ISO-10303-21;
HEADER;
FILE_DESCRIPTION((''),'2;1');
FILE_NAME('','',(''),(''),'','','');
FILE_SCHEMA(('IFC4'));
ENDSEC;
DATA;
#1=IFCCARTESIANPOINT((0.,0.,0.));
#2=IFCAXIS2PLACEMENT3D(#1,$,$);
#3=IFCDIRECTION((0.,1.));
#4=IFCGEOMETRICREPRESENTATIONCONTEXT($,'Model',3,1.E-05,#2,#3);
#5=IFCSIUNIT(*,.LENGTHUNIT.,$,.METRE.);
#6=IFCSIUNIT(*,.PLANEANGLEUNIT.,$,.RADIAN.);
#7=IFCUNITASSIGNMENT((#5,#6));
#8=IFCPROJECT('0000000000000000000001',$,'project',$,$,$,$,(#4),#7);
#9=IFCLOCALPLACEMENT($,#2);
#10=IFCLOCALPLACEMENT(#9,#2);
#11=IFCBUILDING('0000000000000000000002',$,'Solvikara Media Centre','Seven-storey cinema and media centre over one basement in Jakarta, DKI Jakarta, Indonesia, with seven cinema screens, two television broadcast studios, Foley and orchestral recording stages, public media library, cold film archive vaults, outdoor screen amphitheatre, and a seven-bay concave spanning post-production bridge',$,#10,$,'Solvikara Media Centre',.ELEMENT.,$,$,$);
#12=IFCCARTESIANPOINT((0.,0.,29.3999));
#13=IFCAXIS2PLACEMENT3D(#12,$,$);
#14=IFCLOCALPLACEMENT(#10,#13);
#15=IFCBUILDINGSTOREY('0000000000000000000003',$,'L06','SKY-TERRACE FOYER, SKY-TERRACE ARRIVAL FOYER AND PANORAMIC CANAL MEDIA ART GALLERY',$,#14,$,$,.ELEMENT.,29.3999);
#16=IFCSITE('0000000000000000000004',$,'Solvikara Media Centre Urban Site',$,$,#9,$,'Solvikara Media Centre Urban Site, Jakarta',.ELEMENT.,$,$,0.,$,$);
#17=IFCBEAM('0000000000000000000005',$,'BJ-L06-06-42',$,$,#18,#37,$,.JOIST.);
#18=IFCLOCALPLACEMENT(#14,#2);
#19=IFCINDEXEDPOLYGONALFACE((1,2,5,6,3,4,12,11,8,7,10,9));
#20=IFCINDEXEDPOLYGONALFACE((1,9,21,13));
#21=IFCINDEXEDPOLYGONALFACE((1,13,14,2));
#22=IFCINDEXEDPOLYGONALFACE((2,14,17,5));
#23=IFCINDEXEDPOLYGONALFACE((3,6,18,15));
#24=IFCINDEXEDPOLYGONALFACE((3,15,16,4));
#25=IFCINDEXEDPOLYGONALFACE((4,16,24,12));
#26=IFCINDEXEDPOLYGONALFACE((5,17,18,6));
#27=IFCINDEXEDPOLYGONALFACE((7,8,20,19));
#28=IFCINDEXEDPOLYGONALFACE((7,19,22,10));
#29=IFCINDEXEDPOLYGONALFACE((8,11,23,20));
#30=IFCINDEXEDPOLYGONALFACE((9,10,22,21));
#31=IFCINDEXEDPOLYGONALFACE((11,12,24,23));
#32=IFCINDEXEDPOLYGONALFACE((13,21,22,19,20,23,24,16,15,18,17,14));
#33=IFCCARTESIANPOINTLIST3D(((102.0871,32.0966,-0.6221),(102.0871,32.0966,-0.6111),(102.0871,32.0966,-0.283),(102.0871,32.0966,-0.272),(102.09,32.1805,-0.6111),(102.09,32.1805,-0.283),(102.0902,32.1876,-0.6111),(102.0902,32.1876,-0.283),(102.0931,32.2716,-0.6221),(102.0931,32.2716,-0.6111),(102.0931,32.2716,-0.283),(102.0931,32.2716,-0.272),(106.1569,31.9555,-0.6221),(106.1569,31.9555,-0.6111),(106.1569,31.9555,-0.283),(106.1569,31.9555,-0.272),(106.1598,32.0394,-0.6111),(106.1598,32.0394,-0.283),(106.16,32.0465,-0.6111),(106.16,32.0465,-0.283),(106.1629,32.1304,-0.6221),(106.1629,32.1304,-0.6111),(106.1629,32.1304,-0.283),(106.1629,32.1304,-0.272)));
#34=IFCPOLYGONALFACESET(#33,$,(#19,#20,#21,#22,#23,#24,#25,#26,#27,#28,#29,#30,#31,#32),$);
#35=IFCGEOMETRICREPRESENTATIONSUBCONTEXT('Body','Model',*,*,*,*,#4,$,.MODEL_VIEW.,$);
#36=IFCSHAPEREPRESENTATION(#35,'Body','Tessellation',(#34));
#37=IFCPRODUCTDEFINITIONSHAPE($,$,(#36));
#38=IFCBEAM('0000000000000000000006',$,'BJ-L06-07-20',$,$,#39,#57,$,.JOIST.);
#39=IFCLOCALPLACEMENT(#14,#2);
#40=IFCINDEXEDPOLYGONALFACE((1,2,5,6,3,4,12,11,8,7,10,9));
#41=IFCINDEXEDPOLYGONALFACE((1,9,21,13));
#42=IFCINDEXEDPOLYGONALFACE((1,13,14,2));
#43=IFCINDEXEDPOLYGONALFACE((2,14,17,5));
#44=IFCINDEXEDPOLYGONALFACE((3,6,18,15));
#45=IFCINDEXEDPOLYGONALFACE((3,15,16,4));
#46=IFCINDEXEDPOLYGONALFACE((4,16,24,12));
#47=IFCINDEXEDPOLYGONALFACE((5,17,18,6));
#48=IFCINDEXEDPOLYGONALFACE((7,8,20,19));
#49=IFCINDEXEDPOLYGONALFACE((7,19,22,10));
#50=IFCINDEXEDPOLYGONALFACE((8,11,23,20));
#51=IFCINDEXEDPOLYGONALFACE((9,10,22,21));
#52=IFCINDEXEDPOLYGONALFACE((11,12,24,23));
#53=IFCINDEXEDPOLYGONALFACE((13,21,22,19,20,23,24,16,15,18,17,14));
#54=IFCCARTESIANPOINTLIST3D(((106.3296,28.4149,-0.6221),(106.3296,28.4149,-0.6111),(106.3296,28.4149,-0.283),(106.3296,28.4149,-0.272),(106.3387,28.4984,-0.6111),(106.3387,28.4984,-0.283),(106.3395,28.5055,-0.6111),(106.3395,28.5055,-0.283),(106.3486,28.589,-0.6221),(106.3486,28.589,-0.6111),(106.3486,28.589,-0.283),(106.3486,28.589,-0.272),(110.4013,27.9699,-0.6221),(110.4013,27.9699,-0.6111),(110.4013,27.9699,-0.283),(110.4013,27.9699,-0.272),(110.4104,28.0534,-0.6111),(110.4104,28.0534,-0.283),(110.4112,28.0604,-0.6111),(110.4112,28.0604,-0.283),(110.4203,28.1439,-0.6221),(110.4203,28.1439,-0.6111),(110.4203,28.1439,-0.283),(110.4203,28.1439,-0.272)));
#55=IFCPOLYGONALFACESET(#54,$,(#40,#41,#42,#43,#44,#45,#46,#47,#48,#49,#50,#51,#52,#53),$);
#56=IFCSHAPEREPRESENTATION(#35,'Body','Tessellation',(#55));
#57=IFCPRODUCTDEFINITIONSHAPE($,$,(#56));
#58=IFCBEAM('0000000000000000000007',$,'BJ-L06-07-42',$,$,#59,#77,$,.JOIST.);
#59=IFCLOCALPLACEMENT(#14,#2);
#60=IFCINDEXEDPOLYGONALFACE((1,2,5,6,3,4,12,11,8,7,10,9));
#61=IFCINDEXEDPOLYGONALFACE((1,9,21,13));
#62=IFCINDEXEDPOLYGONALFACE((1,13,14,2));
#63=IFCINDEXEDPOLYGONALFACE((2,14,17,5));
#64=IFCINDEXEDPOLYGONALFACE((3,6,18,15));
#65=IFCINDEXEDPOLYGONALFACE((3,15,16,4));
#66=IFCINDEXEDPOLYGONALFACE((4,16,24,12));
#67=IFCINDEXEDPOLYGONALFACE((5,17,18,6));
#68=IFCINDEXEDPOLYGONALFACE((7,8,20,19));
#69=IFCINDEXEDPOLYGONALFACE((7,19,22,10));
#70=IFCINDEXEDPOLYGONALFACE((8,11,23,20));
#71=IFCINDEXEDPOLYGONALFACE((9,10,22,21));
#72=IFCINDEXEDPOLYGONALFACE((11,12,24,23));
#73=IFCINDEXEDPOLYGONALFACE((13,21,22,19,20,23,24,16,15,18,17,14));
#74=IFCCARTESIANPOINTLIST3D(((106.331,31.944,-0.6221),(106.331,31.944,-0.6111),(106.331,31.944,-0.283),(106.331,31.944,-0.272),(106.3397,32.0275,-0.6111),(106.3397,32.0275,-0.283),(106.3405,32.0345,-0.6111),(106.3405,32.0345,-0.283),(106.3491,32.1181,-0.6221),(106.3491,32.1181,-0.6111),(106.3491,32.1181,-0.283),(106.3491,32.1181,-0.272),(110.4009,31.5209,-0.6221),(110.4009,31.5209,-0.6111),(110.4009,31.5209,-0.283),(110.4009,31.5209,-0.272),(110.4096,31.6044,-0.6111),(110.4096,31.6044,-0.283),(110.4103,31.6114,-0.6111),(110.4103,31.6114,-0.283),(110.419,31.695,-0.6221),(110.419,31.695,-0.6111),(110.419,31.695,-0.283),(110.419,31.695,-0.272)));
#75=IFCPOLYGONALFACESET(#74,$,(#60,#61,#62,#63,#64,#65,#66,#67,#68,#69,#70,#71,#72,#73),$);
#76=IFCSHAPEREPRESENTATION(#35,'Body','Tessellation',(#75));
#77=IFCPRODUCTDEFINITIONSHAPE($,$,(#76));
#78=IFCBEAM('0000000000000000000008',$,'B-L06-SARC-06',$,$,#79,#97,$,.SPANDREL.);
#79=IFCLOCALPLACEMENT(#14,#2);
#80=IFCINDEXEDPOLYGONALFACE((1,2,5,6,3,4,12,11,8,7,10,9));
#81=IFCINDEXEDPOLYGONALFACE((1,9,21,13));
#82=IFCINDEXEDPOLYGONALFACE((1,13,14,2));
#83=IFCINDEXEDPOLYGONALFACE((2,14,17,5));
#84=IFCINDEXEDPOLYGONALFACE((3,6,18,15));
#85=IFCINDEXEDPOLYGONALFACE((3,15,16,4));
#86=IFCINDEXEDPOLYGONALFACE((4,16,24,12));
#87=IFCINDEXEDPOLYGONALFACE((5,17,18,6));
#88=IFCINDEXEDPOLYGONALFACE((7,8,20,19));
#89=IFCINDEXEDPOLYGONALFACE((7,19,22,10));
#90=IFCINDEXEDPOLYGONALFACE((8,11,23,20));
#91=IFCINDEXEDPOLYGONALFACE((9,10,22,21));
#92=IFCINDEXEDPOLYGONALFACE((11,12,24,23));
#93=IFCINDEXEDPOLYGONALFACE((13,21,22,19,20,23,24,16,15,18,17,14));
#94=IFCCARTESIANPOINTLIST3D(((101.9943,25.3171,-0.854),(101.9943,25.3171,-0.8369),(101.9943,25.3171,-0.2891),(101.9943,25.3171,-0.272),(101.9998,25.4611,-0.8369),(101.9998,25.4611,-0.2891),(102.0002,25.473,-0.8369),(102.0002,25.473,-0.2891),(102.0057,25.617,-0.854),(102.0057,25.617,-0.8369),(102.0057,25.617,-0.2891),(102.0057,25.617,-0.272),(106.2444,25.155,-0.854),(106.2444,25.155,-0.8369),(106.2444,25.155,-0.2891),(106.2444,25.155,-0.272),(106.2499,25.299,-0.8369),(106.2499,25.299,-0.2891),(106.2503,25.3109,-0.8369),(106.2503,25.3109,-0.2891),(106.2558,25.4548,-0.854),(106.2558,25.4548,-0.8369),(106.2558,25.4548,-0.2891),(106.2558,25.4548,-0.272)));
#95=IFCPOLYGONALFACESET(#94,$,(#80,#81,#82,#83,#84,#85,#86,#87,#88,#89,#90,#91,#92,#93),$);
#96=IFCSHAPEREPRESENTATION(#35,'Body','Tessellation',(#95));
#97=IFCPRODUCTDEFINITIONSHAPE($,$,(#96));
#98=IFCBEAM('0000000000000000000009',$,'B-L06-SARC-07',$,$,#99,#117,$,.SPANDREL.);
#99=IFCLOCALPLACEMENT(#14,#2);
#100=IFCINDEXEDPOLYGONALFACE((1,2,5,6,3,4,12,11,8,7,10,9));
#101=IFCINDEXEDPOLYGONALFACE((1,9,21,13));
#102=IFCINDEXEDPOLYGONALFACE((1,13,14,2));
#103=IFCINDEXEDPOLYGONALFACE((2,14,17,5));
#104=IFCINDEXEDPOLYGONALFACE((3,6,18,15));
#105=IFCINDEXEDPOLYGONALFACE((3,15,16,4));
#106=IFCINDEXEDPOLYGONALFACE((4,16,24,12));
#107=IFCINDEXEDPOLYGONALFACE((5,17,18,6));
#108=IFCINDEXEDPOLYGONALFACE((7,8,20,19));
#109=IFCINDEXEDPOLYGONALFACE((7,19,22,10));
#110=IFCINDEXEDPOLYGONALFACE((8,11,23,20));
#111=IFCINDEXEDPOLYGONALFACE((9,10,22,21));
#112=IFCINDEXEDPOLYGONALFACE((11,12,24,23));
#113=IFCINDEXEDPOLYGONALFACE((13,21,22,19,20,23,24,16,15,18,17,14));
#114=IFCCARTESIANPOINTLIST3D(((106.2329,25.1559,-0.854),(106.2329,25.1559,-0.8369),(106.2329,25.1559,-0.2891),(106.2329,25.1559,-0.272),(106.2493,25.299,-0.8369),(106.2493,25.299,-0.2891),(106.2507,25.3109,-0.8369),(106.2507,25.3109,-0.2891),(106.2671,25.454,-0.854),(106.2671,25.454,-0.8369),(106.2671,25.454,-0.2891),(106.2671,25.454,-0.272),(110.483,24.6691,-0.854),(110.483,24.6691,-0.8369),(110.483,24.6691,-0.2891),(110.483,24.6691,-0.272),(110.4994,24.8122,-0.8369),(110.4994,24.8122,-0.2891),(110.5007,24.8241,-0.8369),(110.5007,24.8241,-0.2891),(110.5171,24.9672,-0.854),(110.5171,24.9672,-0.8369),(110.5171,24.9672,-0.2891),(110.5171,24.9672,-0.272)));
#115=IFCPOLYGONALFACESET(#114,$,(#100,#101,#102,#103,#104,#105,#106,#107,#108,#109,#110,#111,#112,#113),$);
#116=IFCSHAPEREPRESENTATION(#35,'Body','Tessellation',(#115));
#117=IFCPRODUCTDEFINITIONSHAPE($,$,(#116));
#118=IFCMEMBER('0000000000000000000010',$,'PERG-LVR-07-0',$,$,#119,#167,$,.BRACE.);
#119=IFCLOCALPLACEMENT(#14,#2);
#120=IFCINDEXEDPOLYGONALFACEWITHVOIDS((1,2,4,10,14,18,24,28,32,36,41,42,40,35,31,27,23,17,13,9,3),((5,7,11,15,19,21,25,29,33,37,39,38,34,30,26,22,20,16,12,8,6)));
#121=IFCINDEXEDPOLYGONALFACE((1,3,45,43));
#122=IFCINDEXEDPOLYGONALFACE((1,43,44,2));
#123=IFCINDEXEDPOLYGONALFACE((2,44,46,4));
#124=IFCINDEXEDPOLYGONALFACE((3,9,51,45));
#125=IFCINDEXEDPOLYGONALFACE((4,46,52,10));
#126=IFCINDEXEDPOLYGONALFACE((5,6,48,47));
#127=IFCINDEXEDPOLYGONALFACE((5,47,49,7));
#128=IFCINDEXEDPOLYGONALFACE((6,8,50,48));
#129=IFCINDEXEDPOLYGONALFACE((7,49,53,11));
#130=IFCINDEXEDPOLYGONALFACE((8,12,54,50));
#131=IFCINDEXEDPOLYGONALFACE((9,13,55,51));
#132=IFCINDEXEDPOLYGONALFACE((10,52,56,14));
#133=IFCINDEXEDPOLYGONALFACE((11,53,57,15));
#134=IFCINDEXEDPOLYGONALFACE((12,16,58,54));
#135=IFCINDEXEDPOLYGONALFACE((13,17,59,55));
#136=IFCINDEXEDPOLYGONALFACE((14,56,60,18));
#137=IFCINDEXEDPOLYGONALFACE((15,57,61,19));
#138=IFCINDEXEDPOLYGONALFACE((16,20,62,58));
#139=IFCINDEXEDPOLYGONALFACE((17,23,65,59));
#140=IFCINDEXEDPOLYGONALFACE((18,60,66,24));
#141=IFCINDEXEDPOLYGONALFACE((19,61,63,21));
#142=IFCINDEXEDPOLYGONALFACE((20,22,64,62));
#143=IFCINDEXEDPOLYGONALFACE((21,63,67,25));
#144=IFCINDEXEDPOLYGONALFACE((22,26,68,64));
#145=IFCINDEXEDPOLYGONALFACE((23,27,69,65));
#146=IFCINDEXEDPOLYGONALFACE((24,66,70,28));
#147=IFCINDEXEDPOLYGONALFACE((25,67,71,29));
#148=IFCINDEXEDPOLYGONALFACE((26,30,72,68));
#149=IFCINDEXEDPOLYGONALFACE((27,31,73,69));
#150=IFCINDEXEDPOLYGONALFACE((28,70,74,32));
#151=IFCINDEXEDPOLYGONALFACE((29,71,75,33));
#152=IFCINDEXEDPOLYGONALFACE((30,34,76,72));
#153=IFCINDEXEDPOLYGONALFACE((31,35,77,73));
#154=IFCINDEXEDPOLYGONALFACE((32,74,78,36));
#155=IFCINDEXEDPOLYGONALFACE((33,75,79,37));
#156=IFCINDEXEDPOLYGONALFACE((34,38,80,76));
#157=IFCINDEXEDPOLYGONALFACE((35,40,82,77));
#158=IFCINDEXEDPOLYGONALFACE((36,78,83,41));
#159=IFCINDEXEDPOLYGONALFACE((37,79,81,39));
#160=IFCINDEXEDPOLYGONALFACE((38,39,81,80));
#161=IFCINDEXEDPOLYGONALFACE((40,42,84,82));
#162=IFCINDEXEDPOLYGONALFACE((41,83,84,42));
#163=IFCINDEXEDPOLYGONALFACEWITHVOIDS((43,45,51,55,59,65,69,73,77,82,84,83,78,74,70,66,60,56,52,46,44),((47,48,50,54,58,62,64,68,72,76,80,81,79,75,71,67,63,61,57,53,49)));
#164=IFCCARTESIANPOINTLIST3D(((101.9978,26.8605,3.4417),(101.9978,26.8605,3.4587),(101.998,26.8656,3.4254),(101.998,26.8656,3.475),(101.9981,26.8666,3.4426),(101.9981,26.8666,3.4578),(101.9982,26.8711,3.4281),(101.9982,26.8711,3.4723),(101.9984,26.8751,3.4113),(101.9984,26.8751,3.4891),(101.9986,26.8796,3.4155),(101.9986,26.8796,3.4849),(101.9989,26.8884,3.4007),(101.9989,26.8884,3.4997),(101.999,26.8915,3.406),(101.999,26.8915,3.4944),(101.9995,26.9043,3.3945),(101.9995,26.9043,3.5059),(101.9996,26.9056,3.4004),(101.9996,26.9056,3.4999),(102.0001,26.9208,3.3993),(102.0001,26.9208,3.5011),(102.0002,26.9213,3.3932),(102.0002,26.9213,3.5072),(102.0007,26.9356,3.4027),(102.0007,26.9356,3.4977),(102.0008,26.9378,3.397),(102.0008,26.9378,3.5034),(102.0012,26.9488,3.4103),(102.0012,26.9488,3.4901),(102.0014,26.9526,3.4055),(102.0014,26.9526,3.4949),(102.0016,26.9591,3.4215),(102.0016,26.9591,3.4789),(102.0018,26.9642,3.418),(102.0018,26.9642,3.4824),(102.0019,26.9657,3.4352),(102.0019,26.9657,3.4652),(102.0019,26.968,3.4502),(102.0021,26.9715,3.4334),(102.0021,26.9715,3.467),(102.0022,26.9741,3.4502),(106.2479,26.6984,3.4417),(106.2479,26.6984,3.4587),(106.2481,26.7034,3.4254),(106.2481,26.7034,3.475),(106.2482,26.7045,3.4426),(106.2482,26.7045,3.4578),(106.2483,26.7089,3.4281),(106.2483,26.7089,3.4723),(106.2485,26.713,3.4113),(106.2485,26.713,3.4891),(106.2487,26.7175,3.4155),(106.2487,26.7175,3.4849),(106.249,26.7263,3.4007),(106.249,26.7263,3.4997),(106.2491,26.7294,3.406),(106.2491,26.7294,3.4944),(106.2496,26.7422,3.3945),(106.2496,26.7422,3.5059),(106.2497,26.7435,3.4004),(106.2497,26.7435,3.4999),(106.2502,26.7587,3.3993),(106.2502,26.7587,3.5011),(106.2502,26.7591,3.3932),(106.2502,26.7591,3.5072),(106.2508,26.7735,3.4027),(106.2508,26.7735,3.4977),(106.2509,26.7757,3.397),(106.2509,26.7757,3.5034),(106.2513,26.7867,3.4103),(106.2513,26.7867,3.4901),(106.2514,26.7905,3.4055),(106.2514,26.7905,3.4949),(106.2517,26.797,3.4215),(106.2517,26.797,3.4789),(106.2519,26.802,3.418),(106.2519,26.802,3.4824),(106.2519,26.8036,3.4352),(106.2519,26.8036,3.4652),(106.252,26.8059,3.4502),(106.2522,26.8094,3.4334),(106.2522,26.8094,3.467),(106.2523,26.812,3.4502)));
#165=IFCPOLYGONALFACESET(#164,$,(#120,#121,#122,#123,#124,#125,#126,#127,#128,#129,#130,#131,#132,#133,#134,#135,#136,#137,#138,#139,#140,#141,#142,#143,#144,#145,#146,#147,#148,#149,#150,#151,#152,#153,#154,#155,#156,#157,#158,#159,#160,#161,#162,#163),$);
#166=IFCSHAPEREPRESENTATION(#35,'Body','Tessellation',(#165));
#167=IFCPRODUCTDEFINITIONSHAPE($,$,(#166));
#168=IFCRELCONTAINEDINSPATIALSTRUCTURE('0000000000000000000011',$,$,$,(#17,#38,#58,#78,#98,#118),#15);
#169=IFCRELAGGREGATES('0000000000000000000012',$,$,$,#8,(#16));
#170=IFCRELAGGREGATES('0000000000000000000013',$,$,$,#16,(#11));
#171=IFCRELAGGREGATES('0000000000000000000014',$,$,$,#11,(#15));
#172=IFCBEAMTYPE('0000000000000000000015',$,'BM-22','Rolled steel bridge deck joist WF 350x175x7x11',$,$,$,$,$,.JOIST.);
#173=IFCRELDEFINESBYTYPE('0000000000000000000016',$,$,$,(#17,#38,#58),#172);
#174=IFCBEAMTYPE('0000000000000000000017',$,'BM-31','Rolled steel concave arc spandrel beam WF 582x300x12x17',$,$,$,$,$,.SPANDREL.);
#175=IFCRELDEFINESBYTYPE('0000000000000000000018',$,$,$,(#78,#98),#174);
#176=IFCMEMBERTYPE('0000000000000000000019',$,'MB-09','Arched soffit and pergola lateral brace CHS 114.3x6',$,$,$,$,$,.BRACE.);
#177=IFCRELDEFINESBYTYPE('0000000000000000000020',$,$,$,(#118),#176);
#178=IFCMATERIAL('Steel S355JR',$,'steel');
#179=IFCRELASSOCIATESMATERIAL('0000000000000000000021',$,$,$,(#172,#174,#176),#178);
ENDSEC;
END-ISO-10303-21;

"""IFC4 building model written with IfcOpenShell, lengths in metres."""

from ifc_helpers import new_model, si_unit, direction, frame, origin, origin_2d, place, context, subcontext, project, spatial, hollow_circle, i_section, extrude, material, material_profile, profile_set, type_object, element, save


model = new_model("IFC4")

# Units and contexts
model_context = context("Model", 3, precision=1e-05, world=origin(), true_north=direction((0.0, 1.0)))
body_context = subcontext(model_context, "Body", "Model", "MODEL_VIEW")
ifc_project = project(units=[si_unit("LENGTHUNIT", "METRE"), si_unit("PLANEANGLEUNIT", "RADIAN")], contexts=[model_context])

# Site, building, storey
site_placement = place(None, origin())
site = spatial("IfcSite", under=ifc_project, at=site_placement, Name="Solvikara Media Centre Urban Site", LongName="Solvikara Media Centre Urban Site, Jakarta", CompositionType="ELEMENT", RefElevation=0.0)
building_placement = place(site_placement, origin())
building = spatial("IfcBuilding", under=site, at=building_placement, Name="Solvikara Media Centre", Description="Seven-storey cinema and media centre over one basement in Jakarta, DKI Jakarta, Indonesia, with seven cinema screens, two television broadcast studios, Foley and orchestral recording stages, public media library, cold film archive vaults, outdoor screen amphitheatre, and a seven-bay concave spanning post-production bridge", LongName="Solvikara Media Centre", CompositionType="ELEMENT")
storey_placement = place(building_placement, frame((0.0, 0.0, 29.3999)))
storey = spatial("IfcBuildingStorey", under=building, at=storey_placement, Name="L06", Description="SKY-TERRACE FOYER, SKY-TERRACE ARRIVAL FOYER AND PANORAMIC CANAL MEDIA ART GALLERY", CompositionType="ELEMENT", Elevation=29.3999)

# Beams
ifc_material_1 = material(Name="Steel S355JR", Category="steel")
ifc_material_profile_1 = material_profile(ifc_material_1, i_section(OverallWidth=0.175, OverallDepth=0.3501, WebThickness=0.0071, FlangeThickness=0.011, at=origin_2d()), Name="WF 350x175x7x11")
ifc_profile_set_1 = profile_set([ifc_material_profile_1], Name="Steel S355JR")
beam_type_1 = type_object("IfcBeamType", Name="BM-22", Description="Rolled steel bridge deck joist WF 350x175x7x11", PredefinedType="JOIST", material=ifc_profile_set_1)
beam_1_placement = place(storey_placement, frame((102.0901, 32.1841, -0.447), z_axis=(0.999399, -0.034652, 0.0), x_axis=(0.034652, 0.999399, 0.0)))
element("IfcBeam", 1, at=beam_1_placement, inside=storey, type_object=beam_type_1, Name="BJ-L06-06-42", PredefinedType="JOIST", context=body_context, shape_type="SweptSolid", body=[
    extrude(i_section(OverallWidth=0.175, OverallDepth=0.3501, WebThickness=0.0071, FlangeThickness=0.011, at=origin_2d()), origin(), (0.0, 0.0, 1.0), 4.0723),
])
beam_2_placement = place(storey_placement, frame((106.3391, 28.502, -0.447), z_axis=(0.994079, -0.108658, 0.0), x_axis=(0.108658, 0.994079, 0.0)))
element("IfcBeam", 2, at=beam_2_placement, inside=storey, type_object=beam_type_1, Name="BJ-L06-07-20", PredefinedType="JOIST", context=body_context, shape_type="SweptSolid", body=[
    extrude(i_section(OverallWidth=0.175, OverallDepth=0.3501, WebThickness=0.0071, FlangeThickness=0.011, at=origin_2d()), origin(), (0.0, 0.0, 1.0), 4.0959),
])
beam_3_placement = place(storey_placement, frame((106.3401, 32.031, -0.447), z_axis=(0.99464, -0.103402, 0.0), x_axis=(0.103402, 0.99464, 0.0)))
element("IfcBeam", 3, at=beam_3_placement, inside=storey, type_object=beam_type_1, Name="BJ-L06-07-42", PredefinedType="JOIST", context=body_context, shape_type="SweptSolid", body=[
    extrude(i_section(OverallWidth=0.175, OverallDepth=0.3501, WebThickness=0.0071, FlangeThickness=0.011, at=origin_2d()), origin(), (0.0, 0.0, 1.0), 4.0918),
])
ifc_material_profile_2 = material_profile(ifc_material_1, i_section(OverallWidth=0.3, OverallDepth=0.582, WebThickness=0.012, FlangeThickness=0.0171, at=origin_2d()), Name="WF 582x300x12x17")
ifc_profile_set_2 = profile_set([ifc_material_profile_2], Name="Steel S355JR")
beam_type_2 = type_object("IfcBeamType", Name="BM-31", Description="Rolled steel concave arc spandrel beam WF 582x300x12x17", PredefinedType="SPANDREL", material=ifc_profile_set_2)
beam_4_placement = place(storey_placement, frame((102.0, 25.467, -0.563), z_axis=(0.999273, -0.038116, 0.0), x_axis=(0.038116, 0.999273, 0.0)))
element("IfcBeam", 4, at=beam_4_placement, inside=storey, type_object=beam_type_2, Name="B-L06-SARC-06", PredefinedType="SPANDREL", context=body_context, shape_type="SweptSolid", body=[
    extrude(i_section(OverallWidth=0.3, OverallDepth=0.582, WebThickness=0.012, FlangeThickness=0.0171, at=origin_2d()), origin(), (0.0, 0.0, 1.0), 4.2532),
])
beam_5_placement = place(storey_placement, frame((106.25, 25.3049, -0.563), z_axis=(0.993504, -0.113801, 0.0), x_axis=(0.113801, 0.993504, 0.0)))
element("IfcBeam", 5, at=beam_5_placement, inside=storey, type_object=beam_type_2, Name="B-L06-SARC-07", PredefinedType="SPANDREL", context=body_context, shape_type="SweptSolid", body=[
    extrude(i_section(OverallWidth=0.3, OverallDepth=0.582, WebThickness=0.012, FlangeThickness=0.0171, at=origin_2d()), origin(), (0.0, 0.0, 1.0), 4.2778),
])

# Member
ifc_material_profile_3 = material_profile(ifc_material_1, hollow_circle(Radius=0.0571, WallThickness=0.0061, at=origin_2d()), Name="CHS 114.3x6")
ifc_profile_set_3 = profile_set([ifc_material_profile_3], Name="Steel S355JR")
member_type_1 = type_object("IfcMemberType", Name="MB-09", Description="Arched soffit and pergola lateral brace CHS 114.3x6", PredefinedType="BRACE", material=ifc_profile_set_3)
member_1_placement = place(storey_placement, frame((102.0, 26.917, 3.4502), z_axis=(0.999273, -0.038116, 0.0), x_axis=(0.038116, 0.999273, 0.0)))
element("IfcMember", 6, at=member_1_placement, inside=storey, type_object=member_type_1, Name="PERG-LVR-07-0", PredefinedType="BRACE", context=body_context, shape_type="SweptSolid", body=[
    extrude(hollow_circle(Radius=0.0571, WallThickness=0.0061, at=origin_2d()), origin(), (0.0, 0.0, 1.0), 4.2532),
])

save(model, "model.ifc")
